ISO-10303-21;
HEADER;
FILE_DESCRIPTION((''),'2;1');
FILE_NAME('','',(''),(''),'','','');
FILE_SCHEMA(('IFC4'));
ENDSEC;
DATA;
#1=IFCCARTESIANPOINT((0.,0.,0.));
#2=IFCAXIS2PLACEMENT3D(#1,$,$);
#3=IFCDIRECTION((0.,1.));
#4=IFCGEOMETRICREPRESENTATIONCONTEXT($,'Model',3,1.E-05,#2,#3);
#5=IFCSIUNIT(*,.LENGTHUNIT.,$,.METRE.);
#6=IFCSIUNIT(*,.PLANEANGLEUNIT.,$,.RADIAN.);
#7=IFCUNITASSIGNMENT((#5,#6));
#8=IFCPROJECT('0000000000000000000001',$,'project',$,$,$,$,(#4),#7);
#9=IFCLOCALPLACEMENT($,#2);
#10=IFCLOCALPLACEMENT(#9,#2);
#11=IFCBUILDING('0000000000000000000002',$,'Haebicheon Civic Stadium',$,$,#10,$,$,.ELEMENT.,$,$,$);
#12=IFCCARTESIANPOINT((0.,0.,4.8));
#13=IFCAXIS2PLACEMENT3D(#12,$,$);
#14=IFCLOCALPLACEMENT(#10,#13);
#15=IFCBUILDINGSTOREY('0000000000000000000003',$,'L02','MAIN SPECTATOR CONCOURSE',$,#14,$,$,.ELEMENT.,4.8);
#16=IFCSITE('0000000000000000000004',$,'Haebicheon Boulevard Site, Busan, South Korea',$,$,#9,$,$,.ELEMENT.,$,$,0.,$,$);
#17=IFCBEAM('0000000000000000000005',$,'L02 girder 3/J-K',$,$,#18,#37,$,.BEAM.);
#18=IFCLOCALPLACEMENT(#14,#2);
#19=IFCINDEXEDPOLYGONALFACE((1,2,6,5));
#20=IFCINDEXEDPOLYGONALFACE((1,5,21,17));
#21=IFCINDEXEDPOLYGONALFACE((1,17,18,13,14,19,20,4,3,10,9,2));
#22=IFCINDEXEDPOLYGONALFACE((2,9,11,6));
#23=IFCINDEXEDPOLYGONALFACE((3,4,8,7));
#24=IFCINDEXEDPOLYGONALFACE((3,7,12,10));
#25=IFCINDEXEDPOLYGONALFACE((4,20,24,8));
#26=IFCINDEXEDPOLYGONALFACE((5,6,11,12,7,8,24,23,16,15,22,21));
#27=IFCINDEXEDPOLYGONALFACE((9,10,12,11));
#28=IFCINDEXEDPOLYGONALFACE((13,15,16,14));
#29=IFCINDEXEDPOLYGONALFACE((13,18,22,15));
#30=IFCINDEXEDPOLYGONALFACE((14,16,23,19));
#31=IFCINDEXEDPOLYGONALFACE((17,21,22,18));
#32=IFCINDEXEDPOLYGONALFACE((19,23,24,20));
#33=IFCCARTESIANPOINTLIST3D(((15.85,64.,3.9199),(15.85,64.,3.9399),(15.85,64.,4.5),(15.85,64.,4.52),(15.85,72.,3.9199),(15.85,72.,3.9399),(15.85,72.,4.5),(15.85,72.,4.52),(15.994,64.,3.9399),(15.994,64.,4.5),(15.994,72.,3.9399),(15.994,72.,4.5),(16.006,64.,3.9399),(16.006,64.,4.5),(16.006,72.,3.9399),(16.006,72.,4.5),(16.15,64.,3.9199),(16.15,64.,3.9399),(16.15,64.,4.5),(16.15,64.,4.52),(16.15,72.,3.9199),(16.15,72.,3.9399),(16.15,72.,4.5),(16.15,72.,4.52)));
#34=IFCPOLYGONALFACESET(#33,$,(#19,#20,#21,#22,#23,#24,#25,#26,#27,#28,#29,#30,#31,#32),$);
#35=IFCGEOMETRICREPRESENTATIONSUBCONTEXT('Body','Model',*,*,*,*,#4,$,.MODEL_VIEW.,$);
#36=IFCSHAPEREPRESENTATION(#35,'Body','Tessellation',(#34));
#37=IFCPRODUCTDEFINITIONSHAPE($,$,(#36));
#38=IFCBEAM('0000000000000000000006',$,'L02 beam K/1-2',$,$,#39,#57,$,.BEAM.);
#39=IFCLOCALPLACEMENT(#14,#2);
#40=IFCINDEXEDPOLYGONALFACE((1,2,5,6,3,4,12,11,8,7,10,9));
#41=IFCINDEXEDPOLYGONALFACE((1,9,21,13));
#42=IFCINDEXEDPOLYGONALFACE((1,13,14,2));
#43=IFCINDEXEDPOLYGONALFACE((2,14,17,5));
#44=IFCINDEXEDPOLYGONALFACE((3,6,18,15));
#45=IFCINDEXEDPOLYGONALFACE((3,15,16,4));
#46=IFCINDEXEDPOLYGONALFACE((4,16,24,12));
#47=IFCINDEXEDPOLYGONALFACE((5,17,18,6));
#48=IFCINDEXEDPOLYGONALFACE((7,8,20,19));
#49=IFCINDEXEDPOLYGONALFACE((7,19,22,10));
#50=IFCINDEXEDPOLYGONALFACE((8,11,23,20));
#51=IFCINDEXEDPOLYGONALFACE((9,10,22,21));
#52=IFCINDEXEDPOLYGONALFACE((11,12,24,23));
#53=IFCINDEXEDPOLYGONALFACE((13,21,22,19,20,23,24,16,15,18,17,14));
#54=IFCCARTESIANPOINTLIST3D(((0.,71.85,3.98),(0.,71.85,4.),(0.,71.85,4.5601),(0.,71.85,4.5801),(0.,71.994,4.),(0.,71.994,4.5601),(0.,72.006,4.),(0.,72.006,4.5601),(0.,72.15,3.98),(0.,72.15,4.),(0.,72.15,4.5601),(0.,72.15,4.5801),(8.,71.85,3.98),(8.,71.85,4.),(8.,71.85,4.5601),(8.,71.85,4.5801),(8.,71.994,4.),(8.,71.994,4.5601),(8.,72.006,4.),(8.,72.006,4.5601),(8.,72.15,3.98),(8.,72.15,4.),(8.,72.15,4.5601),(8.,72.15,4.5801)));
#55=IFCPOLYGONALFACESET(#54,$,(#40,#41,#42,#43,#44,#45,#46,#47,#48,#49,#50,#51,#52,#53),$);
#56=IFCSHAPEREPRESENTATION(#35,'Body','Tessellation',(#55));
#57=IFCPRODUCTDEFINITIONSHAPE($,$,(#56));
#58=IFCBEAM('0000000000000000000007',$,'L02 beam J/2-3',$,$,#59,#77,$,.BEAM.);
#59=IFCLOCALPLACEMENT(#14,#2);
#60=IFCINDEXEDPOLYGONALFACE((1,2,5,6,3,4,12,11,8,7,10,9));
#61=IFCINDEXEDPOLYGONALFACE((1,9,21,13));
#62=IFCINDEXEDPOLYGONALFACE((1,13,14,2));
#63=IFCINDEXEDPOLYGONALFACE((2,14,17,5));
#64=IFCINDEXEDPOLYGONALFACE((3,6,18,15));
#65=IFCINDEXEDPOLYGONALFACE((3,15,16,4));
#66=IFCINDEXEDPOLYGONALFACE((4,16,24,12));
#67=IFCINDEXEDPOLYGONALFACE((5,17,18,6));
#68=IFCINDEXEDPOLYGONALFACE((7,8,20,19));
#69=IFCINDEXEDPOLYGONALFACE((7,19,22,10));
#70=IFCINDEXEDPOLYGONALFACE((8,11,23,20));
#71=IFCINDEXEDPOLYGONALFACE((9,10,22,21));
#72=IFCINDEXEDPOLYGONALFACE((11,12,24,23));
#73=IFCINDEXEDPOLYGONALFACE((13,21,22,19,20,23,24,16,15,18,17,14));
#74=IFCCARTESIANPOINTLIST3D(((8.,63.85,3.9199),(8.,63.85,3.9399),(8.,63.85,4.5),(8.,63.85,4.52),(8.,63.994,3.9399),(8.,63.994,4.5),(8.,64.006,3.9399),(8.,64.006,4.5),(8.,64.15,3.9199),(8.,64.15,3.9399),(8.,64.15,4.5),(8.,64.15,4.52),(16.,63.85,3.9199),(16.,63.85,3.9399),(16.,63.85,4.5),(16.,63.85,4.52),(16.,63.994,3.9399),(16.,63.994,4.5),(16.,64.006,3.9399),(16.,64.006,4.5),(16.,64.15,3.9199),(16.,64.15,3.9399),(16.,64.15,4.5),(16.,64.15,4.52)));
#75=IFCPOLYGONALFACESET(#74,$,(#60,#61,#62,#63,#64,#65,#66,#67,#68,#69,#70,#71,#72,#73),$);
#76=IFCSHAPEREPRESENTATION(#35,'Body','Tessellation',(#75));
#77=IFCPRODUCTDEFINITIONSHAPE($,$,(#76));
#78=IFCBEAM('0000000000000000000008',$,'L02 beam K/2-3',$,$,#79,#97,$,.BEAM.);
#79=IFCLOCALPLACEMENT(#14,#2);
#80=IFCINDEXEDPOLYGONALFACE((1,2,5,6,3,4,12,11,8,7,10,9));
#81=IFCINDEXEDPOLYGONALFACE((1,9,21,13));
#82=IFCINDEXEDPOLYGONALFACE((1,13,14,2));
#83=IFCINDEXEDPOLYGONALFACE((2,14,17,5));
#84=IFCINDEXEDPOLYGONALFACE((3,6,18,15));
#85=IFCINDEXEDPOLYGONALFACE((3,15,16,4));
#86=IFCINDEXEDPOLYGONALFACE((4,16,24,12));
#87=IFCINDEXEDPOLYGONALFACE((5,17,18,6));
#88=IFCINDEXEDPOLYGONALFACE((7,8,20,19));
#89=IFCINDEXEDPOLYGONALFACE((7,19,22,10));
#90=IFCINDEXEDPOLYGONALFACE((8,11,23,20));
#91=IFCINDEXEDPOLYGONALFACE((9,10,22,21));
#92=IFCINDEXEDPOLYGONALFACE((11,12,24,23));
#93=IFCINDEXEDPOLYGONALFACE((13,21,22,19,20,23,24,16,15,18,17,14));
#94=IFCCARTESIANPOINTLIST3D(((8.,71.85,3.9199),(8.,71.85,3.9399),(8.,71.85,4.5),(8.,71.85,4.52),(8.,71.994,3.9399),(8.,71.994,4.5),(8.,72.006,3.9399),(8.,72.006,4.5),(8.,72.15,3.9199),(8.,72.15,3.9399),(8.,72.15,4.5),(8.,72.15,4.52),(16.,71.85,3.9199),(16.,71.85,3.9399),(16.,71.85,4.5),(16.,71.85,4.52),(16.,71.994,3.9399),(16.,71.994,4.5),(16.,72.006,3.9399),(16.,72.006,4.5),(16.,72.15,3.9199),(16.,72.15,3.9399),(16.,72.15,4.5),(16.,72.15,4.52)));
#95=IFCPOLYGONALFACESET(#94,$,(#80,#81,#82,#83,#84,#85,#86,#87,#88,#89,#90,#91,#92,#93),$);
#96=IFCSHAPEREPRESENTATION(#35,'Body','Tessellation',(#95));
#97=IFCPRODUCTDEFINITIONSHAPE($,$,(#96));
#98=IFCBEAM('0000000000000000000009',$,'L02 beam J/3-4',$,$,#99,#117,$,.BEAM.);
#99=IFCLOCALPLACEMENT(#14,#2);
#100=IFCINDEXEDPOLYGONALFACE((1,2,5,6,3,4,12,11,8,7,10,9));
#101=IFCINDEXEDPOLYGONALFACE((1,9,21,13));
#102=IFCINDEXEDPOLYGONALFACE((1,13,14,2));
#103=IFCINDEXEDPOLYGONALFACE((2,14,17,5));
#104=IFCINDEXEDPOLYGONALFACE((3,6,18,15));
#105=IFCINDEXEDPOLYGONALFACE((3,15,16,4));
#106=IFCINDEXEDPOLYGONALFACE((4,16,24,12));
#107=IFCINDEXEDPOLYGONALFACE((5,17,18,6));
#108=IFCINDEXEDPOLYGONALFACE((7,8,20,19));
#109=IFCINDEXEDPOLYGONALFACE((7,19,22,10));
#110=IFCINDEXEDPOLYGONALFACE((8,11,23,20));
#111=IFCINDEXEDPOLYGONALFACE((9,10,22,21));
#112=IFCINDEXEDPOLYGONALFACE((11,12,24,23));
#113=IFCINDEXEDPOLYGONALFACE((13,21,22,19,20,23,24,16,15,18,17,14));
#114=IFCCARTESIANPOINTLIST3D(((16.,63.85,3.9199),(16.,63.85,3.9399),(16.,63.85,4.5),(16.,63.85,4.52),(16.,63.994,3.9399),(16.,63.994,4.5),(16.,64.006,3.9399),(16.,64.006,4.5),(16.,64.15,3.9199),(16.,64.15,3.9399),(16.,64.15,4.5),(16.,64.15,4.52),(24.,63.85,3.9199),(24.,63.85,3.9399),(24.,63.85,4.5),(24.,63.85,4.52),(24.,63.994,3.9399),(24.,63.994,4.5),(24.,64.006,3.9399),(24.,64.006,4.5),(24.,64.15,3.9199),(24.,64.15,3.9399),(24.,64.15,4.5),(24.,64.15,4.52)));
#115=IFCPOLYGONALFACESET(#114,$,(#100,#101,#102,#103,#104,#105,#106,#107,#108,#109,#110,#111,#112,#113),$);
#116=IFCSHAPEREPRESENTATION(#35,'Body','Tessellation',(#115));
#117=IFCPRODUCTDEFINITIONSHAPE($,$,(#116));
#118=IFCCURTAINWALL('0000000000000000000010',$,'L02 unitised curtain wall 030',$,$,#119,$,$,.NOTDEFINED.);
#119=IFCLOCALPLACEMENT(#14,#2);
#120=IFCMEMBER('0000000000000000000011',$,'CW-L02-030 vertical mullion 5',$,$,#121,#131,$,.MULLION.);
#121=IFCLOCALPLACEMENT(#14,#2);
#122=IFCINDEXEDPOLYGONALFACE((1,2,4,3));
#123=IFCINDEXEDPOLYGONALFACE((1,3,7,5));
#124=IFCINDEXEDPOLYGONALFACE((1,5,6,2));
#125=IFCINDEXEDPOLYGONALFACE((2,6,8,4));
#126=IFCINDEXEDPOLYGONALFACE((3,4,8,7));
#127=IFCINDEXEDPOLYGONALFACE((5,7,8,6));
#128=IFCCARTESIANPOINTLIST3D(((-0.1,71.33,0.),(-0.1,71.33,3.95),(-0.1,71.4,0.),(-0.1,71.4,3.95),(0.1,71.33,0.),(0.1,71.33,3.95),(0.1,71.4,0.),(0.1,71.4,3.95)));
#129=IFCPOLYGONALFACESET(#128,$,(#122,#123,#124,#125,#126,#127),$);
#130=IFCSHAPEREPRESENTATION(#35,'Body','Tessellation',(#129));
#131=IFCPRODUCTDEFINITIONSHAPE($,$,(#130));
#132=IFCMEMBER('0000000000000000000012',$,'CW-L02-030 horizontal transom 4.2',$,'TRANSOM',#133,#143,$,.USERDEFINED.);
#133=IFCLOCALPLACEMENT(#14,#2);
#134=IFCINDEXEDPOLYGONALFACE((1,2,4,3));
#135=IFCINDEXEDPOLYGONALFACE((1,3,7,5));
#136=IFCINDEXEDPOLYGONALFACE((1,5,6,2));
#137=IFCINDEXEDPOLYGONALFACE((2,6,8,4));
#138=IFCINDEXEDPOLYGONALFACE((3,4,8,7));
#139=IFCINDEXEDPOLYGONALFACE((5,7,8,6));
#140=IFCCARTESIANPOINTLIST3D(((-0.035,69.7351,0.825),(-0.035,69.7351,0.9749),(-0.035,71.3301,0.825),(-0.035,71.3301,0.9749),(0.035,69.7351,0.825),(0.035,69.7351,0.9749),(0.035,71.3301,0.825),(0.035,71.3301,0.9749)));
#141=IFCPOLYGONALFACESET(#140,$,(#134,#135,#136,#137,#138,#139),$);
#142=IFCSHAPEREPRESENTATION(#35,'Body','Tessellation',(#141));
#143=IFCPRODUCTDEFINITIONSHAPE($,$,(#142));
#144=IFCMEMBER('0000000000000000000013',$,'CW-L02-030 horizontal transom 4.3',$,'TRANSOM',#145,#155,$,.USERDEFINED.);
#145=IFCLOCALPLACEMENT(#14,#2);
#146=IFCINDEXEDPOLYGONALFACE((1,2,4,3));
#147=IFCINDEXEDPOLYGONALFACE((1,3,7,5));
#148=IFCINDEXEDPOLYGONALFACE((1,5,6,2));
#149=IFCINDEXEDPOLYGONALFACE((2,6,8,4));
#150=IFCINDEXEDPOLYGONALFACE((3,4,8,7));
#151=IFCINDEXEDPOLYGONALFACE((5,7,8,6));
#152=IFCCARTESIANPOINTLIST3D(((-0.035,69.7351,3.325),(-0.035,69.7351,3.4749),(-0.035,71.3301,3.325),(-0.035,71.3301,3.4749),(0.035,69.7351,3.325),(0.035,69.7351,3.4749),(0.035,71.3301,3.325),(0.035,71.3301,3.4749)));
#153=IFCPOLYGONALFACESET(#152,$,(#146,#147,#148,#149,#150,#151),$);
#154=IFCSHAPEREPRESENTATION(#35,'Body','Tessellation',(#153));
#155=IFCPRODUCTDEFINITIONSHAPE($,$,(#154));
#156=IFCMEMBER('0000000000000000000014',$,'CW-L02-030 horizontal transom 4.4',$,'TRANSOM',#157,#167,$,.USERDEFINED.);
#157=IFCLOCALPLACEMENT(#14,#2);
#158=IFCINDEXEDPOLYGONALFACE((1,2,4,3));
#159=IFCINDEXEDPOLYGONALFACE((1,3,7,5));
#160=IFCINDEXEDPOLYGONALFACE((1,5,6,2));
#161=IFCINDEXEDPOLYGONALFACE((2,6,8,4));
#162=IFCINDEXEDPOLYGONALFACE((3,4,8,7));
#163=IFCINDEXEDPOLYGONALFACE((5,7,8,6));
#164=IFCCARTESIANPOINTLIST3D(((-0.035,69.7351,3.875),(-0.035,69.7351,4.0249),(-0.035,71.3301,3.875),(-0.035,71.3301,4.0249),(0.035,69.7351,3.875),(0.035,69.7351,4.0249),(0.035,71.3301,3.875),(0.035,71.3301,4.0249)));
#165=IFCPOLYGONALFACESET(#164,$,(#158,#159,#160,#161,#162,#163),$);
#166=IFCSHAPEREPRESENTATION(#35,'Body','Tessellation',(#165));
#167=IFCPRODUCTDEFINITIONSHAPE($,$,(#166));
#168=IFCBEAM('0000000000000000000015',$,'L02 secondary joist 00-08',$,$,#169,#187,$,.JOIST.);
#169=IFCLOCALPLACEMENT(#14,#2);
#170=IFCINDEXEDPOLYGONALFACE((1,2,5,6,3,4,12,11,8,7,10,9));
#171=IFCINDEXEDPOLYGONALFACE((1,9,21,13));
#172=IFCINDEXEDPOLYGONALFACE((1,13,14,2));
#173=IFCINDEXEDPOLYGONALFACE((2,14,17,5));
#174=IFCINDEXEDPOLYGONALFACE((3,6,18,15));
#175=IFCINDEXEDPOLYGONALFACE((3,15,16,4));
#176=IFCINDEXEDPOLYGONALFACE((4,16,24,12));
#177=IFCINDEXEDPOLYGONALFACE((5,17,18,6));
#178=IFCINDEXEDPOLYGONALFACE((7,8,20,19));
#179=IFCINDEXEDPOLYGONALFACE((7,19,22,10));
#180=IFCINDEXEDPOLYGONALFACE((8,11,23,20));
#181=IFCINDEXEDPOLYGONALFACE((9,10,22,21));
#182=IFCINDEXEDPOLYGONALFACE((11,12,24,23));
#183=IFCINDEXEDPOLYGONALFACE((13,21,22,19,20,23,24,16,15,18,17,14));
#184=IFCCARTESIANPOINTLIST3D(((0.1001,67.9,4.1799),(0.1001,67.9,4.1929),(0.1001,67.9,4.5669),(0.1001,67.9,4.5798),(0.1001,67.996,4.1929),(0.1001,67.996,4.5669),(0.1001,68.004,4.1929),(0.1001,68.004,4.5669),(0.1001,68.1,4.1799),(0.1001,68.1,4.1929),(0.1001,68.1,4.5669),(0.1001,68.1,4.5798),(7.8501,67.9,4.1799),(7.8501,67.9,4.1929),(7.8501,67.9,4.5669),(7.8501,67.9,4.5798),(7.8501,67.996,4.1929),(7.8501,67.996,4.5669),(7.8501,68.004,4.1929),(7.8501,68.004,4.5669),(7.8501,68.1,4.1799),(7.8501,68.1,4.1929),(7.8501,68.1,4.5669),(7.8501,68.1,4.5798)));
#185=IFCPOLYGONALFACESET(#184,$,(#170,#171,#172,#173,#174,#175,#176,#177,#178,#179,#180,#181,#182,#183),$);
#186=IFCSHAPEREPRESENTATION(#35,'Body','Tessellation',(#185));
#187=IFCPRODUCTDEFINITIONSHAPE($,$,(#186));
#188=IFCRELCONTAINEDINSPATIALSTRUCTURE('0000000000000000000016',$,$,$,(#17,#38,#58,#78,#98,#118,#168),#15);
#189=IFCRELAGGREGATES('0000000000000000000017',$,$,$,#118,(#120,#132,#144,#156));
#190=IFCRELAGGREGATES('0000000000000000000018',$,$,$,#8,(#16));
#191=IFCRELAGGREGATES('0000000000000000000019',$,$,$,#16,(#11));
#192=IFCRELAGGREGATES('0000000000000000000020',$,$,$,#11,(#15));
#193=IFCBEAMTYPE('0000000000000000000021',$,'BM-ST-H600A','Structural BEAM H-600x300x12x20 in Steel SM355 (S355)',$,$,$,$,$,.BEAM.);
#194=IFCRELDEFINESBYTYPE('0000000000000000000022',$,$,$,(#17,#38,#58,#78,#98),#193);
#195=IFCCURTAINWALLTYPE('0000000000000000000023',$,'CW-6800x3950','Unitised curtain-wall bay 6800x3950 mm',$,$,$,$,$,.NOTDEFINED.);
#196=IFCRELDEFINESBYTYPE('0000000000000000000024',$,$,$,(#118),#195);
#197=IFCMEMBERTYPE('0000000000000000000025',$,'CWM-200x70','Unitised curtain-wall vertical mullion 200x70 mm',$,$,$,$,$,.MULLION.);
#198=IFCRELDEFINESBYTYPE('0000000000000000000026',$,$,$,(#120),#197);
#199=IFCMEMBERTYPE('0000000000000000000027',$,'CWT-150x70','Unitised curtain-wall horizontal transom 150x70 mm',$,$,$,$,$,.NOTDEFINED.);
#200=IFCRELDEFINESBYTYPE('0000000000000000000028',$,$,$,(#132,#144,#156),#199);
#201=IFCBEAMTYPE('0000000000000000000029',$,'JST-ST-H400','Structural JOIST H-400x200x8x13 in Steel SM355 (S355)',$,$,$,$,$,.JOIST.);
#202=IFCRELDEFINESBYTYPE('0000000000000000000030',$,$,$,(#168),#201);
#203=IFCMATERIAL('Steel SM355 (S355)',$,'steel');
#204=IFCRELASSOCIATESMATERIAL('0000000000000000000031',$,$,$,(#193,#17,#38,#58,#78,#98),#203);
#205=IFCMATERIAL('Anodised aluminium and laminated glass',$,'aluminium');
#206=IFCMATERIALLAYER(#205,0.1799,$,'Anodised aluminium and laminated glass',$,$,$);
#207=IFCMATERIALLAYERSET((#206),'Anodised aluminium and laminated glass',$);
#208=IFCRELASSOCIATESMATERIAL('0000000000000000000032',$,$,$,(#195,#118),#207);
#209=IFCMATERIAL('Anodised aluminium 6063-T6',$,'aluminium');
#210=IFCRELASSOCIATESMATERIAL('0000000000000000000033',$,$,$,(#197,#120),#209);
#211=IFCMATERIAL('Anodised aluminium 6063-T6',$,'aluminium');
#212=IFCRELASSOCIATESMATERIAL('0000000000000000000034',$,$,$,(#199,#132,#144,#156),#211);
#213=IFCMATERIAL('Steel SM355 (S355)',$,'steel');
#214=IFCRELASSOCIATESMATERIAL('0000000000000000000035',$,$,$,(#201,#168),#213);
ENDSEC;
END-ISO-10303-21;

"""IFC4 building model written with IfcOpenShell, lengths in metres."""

from ifc_helpers import new_model, si_unit, direction, frame, origin, origin_2d, place, context, subcontext, project, spatial, rectangle, i_section, extrude, material, layer, layer_set, material_profile, profile_set, type_object, element, aggregate, save


model = new_model("IFC4")

# Units and contexts
model_context = context("Model", 3, precision=1e-05, world=origin(), true_north=direction((0.0, 1.0)))
body_context = subcontext(model_context, "Body", "Model", "MODEL_VIEW")
ifc_project = project(units=[si_unit("LENGTHUNIT", "METRE"), si_unit("PLANEANGLEUNIT", "RADIAN")], contexts=[model_context])

# Site, building, storey
site_placement = place(None, origin())
site = spatial("IfcSite", under=ifc_project, at=site_placement, Name="Haebicheon Boulevard Site, Busan, South Korea", CompositionType="ELEMENT", RefElevation=0.0)
building_placement = place(site_placement, origin())
building = spatial("IfcBuilding", under=site, at=building_placement, Name="Haebicheon Civic Stadium", CompositionType="ELEMENT")
storey_placement = place(building_placement, frame((0.0, 0.0, 4.8)))
storey = spatial("IfcBuildingStorey", under=building, at=storey_placement, Name="L02", Description="MAIN SPECTATOR CONCOURSE", CompositionType="ELEMENT", Elevation=4.8)

# Beams
ifc_material_1 = material(Name="Steel SM355 (S355)", Category="steel")
ifc_material_profile_1 = material_profile(ifc_material_1, i_section(OverallWidth=0.3, OverallDepth=0.6001, WebThickness=0.012, FlangeThickness=0.02, at=origin_2d()), Name="H-600x300x12x20")
ifc_profile_set_1 = profile_set([ifc_material_profile_1], Name="Steel SM355 (S355)")
beam_type_1 = type_object("IfcBeamType", Name="BM-ST-H600A", Description="Structural BEAM H-600x300x12x20 in Steel SM355 (S355)", PredefinedType="BEAM", material=ifc_profile_set_1)
for number, where, z_axis, x_axis, name in (
    (1, (16.0, 64.0, 4.22), (0.0, 1.0, 0.0), (-1.0, 0.0, 0.0), "L02 girder 3/J-K"),
    (2, (0.0, 72.0, 4.28), (1.0, 0.0, 0.0), (0.0, 1.0, 0.0), "L02 beam K/1-2"),
    (3, (8.0, 64.0, 4.22), (1.0, 0.0, 0.0), (0.0, 1.0, 0.0), "L02 beam J/2-3"),
    (4, (8.0, 72.0, 4.22), (1.0, 0.0, 0.0), (0.0, 1.0, 0.0), "L02 beam K/2-3"),
    (5, (16.0, 64.0, 4.22), (1.0, 0.0, 0.0), (0.0, 1.0, 0.0), "L02 beam J/3-4"),
):
    element("IfcBeam", number, at=place(storey_placement, frame(where, z_axis=z_axis, x_axis=x_axis)), inside=storey, type_object=beam_type_1, material=ifc_profile_set_1, Name=name, PredefinedType="BEAM", context=body_context, shape_type="SweptSolid", body=[
        extrude(i_section(OverallWidth=0.3, OverallDepth=0.6001, WebThickness=0.012, FlangeThickness=0.02, at=origin_2d()), origin(), (0.0, 0.0, 1.0), 8.0),
    ])

# Curtain wall, members
ifc_material_2 = material(Name="Anodised aluminium and laminated glass", Category="aluminium")
ifc_layer_1 = layer(ifc_material_2, 0.1799, Name="Anodised aluminium and laminated glass")
ifc_layer_set_1 = layer_set([ifc_layer_1], Name="Anodised aluminium and laminated glass")
curtain_wall_type = type_object("IfcCurtainWallType", Name="CW-6800x3950", Description="Unitised curtain-wall bay 6800x3950 mm", PredefinedType="NOTDEFINED", material=ifc_layer_set_1)
curtain_wall_placement = place(storey_placement, origin())
curtain_wall = element("IfcCurtainWall", 6, at=curtain_wall_placement, inside=storey, type_object=curtain_wall_type, material=ifc_layer_set_1, Name="L02 unitised curtain wall 030", PredefinedType="NOTDEFINED")
ifc_material_3 = material(Name="Anodised aluminium 6063-T6", Category="aluminium")
ifc_material_profile_2 = material_profile(ifc_material_3, rectangle(XDim=0.0701, YDim=0.2, at=origin_2d()), Name="ALU-MULL-70x200")
ifc_profile_set_2 = profile_set([ifc_material_profile_2], Name="Anodised aluminium 6063-T6")
member_type_1 = type_object("IfcMemberType", Name="CWM-200x70", Description="Unitised curtain-wall vertical mullion 200x70 mm", PredefinedType="MULLION", material=ifc_profile_set_2)
member_1_placement = place(storey_placement, frame((0.0, 71.365, 0.0), z_axis=(0.0, 0.0, 1.0), x_axis=(0.0, 1.0, 0.0)))
member_1 = element("IfcMember", 7, at=member_1_placement, type_object=member_type_1, material=ifc_profile_set_2, Name="CW-L02-030 vertical mullion 5", PredefinedType="MULLION", context=body_context, shape_type="SweptSolid", body=[
    extrude(rectangle(XDim=0.0701, YDim=0.2, at=origin_2d()), origin(), (0.0, 0.0, 1.0), 3.95),
])
ifc_material_4 = material(Name="Anodised aluminium 6063-T6", Category="aluminium")
ifc_material_profile_3 = material_profile(ifc_material_4, rectangle(XDim=0.0701, YDim=0.1499, at=origin_2d()), Name="ALU-TRAN-70x150")
ifc_profile_set_3 = profile_set([ifc_material_profile_3], Name="Anodised aluminium 6063-T6")
member_type_2 = type_object("IfcMemberType", Name="CWT-150x70", Description="Unitised curtain-wall horizontal transom 150x70 mm", PredefinedType="NOTDEFINED", material=ifc_profile_set_3)
member_2_placement = place(storey_placement, frame((0.0, 69.7351, 0.8999), z_axis=(0.0, 1.0, 0.0), x_axis=(-1.0, 0.0, 0.0)))
member_2 = element("IfcMember", 8, at=member_2_placement, type_object=member_type_2, material=ifc_profile_set_3, Name="CW-L02-030 horizontal transom 4.2", ObjectType="TRANSOM", PredefinedType="USERDEFINED", context=body_context, shape_type="SweptSolid", body=[
    extrude(rectangle(XDim=0.0701, YDim=0.1499, at=origin_2d()), origin(), (0.0, 0.0, 1.0), 1.595),
])
member_3_placement = place(storey_placement, frame((0.0, 69.7351, 3.3999), z_axis=(0.0, 1.0, 0.0), x_axis=(-1.0, 0.0, 0.0)))
member_3 = element("IfcMember", 9, at=member_3_placement, type_object=member_type_2, material=ifc_profile_set_3, Name="CW-L02-030 horizontal transom 4.3", ObjectType="TRANSOM", PredefinedType="USERDEFINED", context=body_context, shape_type="SweptSolid", body=[
    extrude(rectangle(XDim=0.0701, YDim=0.1499, at=origin_2d()), origin(), (0.0, 0.0, 1.0), 1.595),
])
member_4_placement = place(storey_placement, frame((0.0, 69.7351, 3.95), z_axis=(0.0, 1.0, 0.0), x_axis=(-1.0, 0.0, 0.0)))
member_4 = element("IfcMember", 10, at=member_4_placement, type_object=member_type_2, material=ifc_profile_set_3, Name="CW-L02-030 horizontal transom 4.4", ObjectType="TRANSOM", PredefinedType="USERDEFINED", context=body_context, shape_type="SweptSolid", body=[
    extrude(rectangle(XDim=0.0701, YDim=0.1499, at=origin_2d()), origin(), (0.0, 0.0, 1.0), 1.595),
])

# Beam
ifc_material_5 = material(Name="Steel SM355 (S355)", Category="steel")
ifc_material_profile_4 = material_profile(ifc_material_5, i_section(OverallWidth=0.2, OverallDepth=0.3999, WebThickness=0.0081, FlangeThickness=0.0129, at=origin_2d()), Name="H-400x200x8x13")
ifc_profile_set_4 = profile_set([ifc_material_profile_4], Name="Steel SM355 (S355)")
beam_type_2 = type_object("IfcBeamType", Name="JST-ST-H400", Description="Structural JOIST H-400x200x8x13 in Steel SM355 (S355)", PredefinedType="JOIST", material=ifc_profile_set_4)
beam_1_placement = place(storey_placement, frame((0.1001, 68.0, 4.3799), z_axis=(1.0, 0.0, 0.0), x_axis=(0.0, 1.0, 0.0)))
element("IfcBeam", 11, at=beam_1_placement, inside=storey, type_object=beam_type_2, material=ifc_profile_set_4, Name="L02 secondary joist 00-08", PredefinedType="JOIST", context=body_context, shape_type="SweptSolid", body=[
    extrude(i_section(OverallWidth=0.2, OverallDepth=0.3999, WebThickness=0.0081, FlangeThickness=0.0129, at=origin_2d()), origin(), (0.0, 0.0, 1.0), 7.75),
])

aggregate(curtain_wall, [member_1, member_2, member_3, member_4])

save(model, "model.ifc")
